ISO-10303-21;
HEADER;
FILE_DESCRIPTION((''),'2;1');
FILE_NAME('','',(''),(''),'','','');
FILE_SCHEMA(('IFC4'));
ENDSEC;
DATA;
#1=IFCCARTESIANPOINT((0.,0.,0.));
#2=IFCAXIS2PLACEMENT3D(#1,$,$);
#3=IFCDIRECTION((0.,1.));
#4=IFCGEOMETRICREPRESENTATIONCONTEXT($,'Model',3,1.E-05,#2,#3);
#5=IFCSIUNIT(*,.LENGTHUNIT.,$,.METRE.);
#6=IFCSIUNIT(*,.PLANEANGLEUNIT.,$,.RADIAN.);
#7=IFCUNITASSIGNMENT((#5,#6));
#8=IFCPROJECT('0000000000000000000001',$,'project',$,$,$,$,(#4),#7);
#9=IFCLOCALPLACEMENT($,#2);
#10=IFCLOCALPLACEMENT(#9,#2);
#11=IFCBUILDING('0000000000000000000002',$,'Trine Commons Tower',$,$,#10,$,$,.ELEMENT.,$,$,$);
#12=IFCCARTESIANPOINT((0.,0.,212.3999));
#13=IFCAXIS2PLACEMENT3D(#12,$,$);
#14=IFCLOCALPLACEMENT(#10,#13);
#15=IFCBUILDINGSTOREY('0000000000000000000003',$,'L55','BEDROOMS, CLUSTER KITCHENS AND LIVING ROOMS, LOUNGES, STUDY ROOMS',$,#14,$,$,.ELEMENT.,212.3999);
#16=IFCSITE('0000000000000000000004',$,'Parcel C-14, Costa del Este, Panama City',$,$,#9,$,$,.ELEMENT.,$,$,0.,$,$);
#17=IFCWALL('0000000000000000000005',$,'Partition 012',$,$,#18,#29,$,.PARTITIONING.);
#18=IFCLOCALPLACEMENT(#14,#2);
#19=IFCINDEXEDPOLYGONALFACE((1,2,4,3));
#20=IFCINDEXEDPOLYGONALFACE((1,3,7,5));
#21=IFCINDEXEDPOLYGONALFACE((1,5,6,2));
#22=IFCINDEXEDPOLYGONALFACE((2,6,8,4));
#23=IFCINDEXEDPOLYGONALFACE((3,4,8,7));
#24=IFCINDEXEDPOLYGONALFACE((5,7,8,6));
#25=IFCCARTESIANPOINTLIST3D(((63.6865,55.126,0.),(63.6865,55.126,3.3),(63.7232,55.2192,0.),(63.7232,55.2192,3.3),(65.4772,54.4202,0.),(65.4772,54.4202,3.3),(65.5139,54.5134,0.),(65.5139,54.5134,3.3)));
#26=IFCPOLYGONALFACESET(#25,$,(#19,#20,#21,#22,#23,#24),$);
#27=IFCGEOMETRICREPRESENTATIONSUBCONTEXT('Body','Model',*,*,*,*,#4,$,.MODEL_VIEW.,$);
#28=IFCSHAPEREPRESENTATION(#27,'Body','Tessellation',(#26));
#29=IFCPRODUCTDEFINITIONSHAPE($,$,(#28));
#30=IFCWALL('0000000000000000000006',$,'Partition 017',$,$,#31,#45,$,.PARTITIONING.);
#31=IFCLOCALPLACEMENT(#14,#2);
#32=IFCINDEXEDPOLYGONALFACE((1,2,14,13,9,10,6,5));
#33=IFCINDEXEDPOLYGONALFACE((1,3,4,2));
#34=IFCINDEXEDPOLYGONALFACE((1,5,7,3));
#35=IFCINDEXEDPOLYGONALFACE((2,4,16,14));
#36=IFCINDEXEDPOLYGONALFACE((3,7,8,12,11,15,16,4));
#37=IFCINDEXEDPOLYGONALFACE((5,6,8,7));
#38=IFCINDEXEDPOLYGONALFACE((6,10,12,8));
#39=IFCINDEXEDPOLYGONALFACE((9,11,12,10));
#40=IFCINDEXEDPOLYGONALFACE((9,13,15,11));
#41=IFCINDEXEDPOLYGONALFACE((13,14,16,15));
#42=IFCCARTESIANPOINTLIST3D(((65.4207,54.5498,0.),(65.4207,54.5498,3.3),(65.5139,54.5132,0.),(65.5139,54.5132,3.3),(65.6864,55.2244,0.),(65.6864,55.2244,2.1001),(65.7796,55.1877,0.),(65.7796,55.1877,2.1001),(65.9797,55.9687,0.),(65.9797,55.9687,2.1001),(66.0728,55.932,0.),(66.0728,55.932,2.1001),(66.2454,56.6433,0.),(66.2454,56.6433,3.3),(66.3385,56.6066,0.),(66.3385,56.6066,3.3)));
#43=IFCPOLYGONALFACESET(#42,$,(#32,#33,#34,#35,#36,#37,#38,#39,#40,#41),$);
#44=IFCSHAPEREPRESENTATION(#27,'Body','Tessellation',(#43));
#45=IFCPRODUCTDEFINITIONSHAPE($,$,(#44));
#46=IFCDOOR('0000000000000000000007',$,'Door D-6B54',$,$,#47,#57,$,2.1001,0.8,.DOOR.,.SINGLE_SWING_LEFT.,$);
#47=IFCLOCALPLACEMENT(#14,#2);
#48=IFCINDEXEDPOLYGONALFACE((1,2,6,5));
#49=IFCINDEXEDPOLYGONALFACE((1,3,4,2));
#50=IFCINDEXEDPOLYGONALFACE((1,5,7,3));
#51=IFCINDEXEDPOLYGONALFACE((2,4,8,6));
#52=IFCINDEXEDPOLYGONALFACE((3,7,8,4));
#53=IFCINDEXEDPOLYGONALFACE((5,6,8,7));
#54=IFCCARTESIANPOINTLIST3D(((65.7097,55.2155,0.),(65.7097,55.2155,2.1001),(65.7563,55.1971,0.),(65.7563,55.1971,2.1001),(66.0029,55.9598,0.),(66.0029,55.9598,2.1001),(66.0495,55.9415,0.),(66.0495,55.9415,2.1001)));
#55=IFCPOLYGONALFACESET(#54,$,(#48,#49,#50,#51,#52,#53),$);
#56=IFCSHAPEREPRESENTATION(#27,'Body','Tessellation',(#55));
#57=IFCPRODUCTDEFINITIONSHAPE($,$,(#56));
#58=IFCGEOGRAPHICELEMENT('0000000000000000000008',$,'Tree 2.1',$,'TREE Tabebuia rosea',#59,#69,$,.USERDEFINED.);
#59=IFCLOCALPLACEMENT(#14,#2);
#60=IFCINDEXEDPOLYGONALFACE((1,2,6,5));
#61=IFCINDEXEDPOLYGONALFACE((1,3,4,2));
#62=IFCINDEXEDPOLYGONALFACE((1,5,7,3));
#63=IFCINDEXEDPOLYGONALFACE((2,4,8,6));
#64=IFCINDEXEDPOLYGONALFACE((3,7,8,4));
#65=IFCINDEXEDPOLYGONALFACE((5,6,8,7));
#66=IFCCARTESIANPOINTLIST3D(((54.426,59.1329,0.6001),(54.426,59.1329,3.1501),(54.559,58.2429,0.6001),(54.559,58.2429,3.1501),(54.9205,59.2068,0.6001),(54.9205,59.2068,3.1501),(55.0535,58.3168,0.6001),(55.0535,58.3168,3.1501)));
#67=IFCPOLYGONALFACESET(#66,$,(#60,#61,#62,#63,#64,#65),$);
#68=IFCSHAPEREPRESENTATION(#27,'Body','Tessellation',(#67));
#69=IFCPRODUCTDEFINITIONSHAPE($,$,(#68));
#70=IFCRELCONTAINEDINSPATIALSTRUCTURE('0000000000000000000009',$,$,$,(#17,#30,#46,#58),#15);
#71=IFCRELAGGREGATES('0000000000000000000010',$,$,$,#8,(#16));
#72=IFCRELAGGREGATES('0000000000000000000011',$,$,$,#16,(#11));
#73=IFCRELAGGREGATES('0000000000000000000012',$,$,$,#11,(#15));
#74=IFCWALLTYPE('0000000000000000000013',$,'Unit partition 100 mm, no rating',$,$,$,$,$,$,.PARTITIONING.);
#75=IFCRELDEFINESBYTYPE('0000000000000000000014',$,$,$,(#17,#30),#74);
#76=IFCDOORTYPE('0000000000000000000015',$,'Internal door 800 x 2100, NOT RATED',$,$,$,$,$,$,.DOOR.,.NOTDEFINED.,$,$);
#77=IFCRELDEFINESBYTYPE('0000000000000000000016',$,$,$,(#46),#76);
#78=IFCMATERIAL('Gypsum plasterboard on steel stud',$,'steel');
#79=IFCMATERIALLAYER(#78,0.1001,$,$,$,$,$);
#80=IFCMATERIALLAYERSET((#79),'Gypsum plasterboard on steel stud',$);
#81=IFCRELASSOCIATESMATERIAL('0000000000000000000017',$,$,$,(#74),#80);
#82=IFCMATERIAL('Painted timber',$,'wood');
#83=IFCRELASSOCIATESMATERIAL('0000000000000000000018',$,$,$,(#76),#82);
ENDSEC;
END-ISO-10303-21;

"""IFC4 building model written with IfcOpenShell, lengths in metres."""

from ifc_helpers import new_model, si_unit, direction, frame, frame_2d, origin, origin_2d, place, context, subcontext, project, spatial, rectangle, extrude, material, layer, layer_set, type_object, element, fill, save


model = new_model("IFC4")

# Units and contexts
model_context = context("Model", 3, precision=1e-05, world=origin(), true_north=direction((0.0, 1.0)))
body_context = subcontext(model_context, "Body", "Model", "MODEL_VIEW")
ifc_project = project(units=[si_unit("LENGTHUNIT", "METRE"), si_unit("PLANEANGLEUNIT", "RADIAN")], contexts=[model_context])

# Site, building, storey
site_placement = place(None, origin())
site = spatial("IfcSite", under=ifc_project, at=site_placement, Name="Parcel C-14, Costa del Este, Panama City", CompositionType="ELEMENT", RefElevation=0.0)
building_placement = place(site_placement, origin())
building = spatial("IfcBuilding", under=site, at=building_placement, Name="Trine Commons Tower", CompositionType="ELEMENT")
storey_placement = place(building_placement, frame((0.0, 0.0, 212.3999)))
storey = spatial("IfcBuildingStorey", under=building, at=storey_placement, Name="L55", Description="BEDROOMS, CLUSTER KITCHENS AND LIVING ROOMS, LOUNGES, STUDY ROOMS", CompositionType="ELEMENT", Elevation=212.3999)

# Shared definitions
ifc_material_1 = material(Name="Gypsum plasterboard on steel stud", Category="steel")

# Shared definitions
ifc_material_2 = material(Name="Painted timber", Category="wood")

# Shared definitions
ifc_layer_1 = layer(ifc_material_1, 0.1001)
ifc_layer_set_1 = layer_set([ifc_layer_1], Name="Gypsum plasterboard on steel stud")
wall_type_1 = type_object("IfcWallType", Name="Unit partition 100 mm, no rating", PredefinedType="PARTITIONING", material=ifc_layer_set_1)
door_type_1 = type_object("IfcDoorType", Name="Internal door 800 x 2100, NOT RATED", OperationType="NOTDEFINED", PredefinedType="DOOR", material=ifc_material_2)

# Wall
wall_1_placement = place(storey_placement, frame((63.7048, 55.1726, 0.0), z_axis=(0.0, 0.0, 1.0), x_axis=(0.930345, -0.366684, 0.0)))
element("IfcWall", 1, at=wall_1_placement, inside=storey, type_object=wall_type_1, Name="Partition 012", PredefinedType="PARTITIONING", context=body_context, shape_type="SweptSolid", body=[
    extrude(rectangle(XDim=1.9248, YDim=0.1001, at=frame_2d((0.9624, 0.0))), origin(), (0.0, 0.0, 1.0), 3.3),
])

# Wall, opening, door
wall_2_placement = place(storey_placement, frame((65.4673, 54.5315, 0.0), z_axis=(0.0, 0.0, 1.0), x_axis=(0.366522, 0.93041, 0.0)))
wall_2 = element("IfcWall", 2, at=wall_2_placement, inside=storey, type_object=wall_type_1, Name="Partition 017", PredefinedType="PARTITIONING", context=body_context, shape_type="SweptSolid", body=[
    extrude(rectangle(XDim=2.25, YDim=0.1001, at=frame_2d((1.125, 0.0))), origin(), (0.0, 0.0, 1.0), 3.3),
])
opening_1_placement = place(wall_2_placement, frame((0.7251, 0.0, 0.0)))
opening_1 = element("IfcOpeningElement", 3, at=opening_1_placement, cuts=wall_2, PredefinedType="OPENING", context=body_context, shape_type="SweptSolid", body=[
    extrude(rectangle(XDim=0.8, YDim=2.1001, at=frame_2d((0.3999, 1.05))), frame((0.0, 0.0601, 0.0), z_axis=(0.0, -1.0, 0.0), x_axis=(1.0, 0.0, 0.0)), (0.0, 0.0, 1.0), 0.1201),
])
door_1_placement = place(opening_1_placement, frame((0.8, 0.0, 0.0), z_axis=(0.0, 0.0, 1.0), x_axis=(-1.0, 0.0, 0.0)))
door_1 = element("IfcDoor", 4, at=door_1_placement, inside=storey, type_object=door_type_1, Name="Door D-6B54", OperationType="SINGLE_SWING_LEFT", OverallHeight=2.1001, OverallWidth=0.8, PredefinedType="DOOR", context=body_context, shape_type="SweptSolid", body=[
    extrude(rectangle(XDim=0.8, YDim=2.1001, at=frame_2d((0.3999, 1.05))), frame((0.0, 0.0249, 0.0), z_axis=(0.0, -1.0, 0.0), x_axis=(1.0, 0.0, 0.0)), (0.0, 0.0, 1.0), 0.05),
])
fill(opening_1, door_1)

# Geographic element
geographic_element_placement = place(storey_placement, frame((54.7397, 58.7249, 0.6001), z_axis=(0.0, 0.0, 1.0), x_axis=(-0.147813, 0.989015, 0.0)))
element("IfcGeographicElement", 5, at=geographic_element_placement, inside=storey, Name="Tree 2.1", ObjectType="TREE Tabebuia rosea", PredefinedType="USERDEFINED", context=body_context, shape_type="SweptSolid", body=[
    extrude(rectangle(XDim=0.8999, YDim=0.5, at=origin_2d()), origin(), (0.0, 0.0, 1.0), 2.55),
])

save(model, "model.ifc")
